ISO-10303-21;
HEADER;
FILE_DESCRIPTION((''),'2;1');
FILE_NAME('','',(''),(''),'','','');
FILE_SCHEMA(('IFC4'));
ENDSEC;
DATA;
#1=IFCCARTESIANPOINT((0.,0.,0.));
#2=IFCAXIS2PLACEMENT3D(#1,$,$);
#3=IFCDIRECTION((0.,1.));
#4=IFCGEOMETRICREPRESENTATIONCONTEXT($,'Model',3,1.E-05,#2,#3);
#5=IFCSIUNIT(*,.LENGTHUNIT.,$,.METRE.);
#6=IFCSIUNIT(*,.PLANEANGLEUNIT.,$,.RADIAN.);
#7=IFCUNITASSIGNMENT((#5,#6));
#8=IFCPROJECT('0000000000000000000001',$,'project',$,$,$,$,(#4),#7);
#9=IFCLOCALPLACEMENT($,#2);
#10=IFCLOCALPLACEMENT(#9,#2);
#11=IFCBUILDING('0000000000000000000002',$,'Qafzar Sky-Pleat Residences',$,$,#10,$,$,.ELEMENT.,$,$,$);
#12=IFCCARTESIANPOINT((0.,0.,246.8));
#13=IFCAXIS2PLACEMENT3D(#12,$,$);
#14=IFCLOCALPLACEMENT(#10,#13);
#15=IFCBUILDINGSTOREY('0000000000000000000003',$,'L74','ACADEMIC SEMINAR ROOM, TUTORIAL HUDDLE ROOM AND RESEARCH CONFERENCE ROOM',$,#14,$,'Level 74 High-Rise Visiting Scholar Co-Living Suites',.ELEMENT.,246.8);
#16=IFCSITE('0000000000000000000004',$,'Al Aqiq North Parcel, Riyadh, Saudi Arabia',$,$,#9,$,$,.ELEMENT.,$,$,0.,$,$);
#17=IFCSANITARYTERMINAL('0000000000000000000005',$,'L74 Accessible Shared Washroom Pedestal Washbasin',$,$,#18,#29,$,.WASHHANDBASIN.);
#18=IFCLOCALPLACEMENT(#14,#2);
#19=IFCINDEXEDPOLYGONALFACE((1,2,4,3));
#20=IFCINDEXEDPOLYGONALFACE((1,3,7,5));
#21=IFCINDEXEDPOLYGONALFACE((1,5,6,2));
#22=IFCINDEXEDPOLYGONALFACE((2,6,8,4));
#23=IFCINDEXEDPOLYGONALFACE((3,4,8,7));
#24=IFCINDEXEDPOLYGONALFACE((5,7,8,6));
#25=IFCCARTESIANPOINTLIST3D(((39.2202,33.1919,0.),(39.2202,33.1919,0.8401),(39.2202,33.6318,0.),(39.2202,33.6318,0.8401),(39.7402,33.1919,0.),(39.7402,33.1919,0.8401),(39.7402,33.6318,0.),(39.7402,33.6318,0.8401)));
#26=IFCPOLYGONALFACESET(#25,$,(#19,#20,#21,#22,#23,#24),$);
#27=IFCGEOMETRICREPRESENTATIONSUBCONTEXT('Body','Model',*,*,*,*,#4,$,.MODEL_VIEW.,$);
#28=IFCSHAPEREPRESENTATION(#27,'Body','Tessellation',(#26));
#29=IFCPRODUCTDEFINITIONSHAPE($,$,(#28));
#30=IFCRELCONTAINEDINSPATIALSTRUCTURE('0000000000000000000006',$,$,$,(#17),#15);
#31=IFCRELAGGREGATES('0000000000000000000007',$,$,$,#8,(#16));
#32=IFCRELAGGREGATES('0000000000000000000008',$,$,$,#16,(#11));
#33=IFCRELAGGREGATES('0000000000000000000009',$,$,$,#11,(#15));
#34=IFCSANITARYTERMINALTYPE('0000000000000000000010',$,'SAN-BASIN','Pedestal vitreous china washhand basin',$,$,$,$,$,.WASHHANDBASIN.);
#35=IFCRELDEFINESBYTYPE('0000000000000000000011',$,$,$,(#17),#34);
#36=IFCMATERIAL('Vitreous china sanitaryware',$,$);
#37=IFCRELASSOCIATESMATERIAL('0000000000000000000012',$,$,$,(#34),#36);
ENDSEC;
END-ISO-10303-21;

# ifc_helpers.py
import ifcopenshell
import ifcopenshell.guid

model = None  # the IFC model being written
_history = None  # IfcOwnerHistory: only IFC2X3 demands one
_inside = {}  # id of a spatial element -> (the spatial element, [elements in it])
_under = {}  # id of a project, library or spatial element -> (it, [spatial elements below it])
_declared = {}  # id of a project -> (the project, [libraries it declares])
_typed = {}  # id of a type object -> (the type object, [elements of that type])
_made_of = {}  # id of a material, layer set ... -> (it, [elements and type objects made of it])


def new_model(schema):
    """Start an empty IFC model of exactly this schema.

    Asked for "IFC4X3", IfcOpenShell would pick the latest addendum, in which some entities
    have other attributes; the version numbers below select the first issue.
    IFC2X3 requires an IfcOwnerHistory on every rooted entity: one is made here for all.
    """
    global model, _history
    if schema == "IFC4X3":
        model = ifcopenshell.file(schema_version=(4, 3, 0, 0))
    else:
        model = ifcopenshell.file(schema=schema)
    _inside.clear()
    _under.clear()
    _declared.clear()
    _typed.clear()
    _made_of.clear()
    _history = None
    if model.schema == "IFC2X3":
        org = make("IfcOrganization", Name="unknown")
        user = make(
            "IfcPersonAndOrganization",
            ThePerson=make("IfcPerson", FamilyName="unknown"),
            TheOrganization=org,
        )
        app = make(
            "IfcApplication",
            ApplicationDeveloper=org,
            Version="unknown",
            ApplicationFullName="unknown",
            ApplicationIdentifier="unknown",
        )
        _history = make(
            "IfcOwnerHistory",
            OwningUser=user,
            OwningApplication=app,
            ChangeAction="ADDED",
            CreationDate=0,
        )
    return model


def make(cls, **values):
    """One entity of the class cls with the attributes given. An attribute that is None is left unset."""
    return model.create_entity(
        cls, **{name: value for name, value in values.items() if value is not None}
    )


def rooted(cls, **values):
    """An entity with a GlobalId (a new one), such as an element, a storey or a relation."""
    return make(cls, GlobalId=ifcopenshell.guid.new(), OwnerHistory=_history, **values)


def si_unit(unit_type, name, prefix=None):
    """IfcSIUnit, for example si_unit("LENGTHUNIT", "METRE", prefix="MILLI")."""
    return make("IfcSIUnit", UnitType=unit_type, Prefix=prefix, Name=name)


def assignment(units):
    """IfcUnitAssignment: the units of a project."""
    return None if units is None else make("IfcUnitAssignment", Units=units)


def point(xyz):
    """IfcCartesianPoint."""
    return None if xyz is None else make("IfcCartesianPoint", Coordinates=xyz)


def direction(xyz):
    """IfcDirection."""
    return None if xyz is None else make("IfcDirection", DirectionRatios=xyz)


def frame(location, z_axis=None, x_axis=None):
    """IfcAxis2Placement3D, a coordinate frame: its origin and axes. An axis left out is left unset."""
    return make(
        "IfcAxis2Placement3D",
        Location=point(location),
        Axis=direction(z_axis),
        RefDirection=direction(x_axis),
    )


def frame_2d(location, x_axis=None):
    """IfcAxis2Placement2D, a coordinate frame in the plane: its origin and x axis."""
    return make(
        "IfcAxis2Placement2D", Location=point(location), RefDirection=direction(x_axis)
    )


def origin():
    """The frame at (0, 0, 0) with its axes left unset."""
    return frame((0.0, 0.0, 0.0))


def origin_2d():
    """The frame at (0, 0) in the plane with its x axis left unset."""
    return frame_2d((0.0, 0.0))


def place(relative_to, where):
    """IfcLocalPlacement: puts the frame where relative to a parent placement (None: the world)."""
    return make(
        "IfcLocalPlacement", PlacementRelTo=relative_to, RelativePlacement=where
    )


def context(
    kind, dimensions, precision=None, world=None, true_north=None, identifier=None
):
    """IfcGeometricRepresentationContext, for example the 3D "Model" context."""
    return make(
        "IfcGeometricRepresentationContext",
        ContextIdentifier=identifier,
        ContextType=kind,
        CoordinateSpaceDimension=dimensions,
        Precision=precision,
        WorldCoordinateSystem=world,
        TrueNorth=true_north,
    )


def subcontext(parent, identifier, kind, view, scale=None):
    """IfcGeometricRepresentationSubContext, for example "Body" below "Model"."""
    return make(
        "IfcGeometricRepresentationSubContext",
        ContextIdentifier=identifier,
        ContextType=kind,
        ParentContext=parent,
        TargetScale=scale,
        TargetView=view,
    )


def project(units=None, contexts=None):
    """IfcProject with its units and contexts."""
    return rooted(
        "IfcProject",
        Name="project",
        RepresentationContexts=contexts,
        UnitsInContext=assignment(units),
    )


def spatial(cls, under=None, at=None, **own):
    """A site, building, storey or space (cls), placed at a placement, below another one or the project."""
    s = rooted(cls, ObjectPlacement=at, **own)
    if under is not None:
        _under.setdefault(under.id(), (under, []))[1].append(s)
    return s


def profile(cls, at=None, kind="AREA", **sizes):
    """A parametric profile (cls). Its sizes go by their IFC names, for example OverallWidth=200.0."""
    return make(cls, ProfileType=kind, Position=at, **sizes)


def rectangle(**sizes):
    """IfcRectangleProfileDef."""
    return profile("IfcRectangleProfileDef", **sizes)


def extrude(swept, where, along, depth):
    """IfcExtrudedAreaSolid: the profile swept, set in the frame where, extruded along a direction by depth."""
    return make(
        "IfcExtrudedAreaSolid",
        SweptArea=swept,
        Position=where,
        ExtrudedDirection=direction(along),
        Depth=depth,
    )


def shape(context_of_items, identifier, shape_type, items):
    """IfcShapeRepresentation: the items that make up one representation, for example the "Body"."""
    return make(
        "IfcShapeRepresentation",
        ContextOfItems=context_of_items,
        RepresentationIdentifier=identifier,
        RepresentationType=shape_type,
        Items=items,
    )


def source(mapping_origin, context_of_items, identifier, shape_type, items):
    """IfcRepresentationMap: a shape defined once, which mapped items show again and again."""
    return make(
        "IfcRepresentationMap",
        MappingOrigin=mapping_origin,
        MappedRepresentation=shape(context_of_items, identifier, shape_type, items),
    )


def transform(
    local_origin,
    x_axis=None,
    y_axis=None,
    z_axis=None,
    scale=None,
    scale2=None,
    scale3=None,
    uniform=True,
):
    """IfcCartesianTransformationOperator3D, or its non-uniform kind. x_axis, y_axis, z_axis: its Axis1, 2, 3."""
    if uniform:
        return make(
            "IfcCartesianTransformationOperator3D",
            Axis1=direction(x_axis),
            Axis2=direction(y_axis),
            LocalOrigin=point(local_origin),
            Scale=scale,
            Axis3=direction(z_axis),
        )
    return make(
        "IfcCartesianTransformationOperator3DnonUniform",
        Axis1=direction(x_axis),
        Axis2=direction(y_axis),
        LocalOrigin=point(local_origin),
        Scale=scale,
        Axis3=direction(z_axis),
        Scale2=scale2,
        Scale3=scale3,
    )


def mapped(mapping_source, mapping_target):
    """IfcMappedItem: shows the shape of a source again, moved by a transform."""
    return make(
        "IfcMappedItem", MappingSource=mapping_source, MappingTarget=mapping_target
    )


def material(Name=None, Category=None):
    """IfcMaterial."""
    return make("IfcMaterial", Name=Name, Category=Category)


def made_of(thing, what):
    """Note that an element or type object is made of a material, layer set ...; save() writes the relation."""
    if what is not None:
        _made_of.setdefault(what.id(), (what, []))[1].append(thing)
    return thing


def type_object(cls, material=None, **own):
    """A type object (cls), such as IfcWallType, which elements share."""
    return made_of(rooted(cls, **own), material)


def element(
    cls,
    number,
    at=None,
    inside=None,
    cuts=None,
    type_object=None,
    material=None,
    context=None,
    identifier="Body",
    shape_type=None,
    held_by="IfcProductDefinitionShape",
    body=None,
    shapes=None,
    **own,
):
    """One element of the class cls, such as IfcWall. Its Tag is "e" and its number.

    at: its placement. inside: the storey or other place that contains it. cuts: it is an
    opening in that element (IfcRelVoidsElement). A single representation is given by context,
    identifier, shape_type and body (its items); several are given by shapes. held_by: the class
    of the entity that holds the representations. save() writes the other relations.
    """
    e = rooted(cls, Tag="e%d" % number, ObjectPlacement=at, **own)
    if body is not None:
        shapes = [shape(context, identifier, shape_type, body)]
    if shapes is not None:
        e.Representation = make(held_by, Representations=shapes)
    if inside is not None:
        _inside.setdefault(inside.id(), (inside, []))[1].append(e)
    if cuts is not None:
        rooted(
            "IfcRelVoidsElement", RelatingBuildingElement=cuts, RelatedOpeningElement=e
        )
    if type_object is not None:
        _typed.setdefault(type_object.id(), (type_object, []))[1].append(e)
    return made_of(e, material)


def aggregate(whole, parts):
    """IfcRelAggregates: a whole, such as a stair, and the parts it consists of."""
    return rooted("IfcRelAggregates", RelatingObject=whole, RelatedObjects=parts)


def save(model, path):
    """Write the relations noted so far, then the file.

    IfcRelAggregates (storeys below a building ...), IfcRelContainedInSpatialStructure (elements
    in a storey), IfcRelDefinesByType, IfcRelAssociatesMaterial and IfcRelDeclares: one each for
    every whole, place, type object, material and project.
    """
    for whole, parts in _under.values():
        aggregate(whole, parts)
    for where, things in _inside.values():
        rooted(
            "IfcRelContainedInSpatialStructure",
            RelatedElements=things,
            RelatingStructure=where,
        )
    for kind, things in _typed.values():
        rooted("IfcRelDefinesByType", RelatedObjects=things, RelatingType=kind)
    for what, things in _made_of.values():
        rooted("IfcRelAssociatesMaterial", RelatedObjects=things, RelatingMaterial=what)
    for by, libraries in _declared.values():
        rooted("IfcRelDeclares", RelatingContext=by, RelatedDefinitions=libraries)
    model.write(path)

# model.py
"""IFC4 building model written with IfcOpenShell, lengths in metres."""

from ifc_helpers import new_model, si_unit, direction, frame, origin, origin_2d, place, context, subcontext, project, spatial, rectangle, extrude, source, transform, mapped, material, type_object, element, save


model = new_model("IFC4")

# Units and contexts
model_context = context("Model", 3, precision=1e-05, world=origin(), true_north=direction((0.0, 1.0)))
body_context = subcontext(model_context, "Body", "Model", "MODEL_VIEW")
ifc_project = project(units=[si_unit("LENGTHUNIT", "METRE"), si_unit("PLANEANGLEUNIT", "RADIAN")], contexts=[model_context])

# Site, building, storey
site_placement = place(None, origin())
site = spatial("IfcSite", under=ifc_project, at=site_placement, Name="Al Aqiq North Parcel, Riyadh, Saudi Arabia", CompositionType="ELEMENT", RefElevation=0.0)
building_placement = place(site_placement, origin())
building = spatial("IfcBuilding", under=site, at=building_placement, Name="Qafzar Sky-Pleat Residences", CompositionType="ELEMENT")
storey_placement = place(building_placement, frame((0.0, 0.0, 246.8)))
storey = spatial("IfcBuildingStorey", under=building, at=storey_placement, Name="L74", Description="ACADEMIC SEMINAR ROOM, TUTORIAL HUDDLE ROOM AND RESEARCH CONFERENCE ROOM", LongName="Level 74 High-Rise Visiting Scholar Co-Living Suites", CompositionType="ELEMENT", Elevation=246.8)

# Sanitary terminal
ifc_material_1 = material(Name="Vitreous china sanitaryware")
sanitary_terminal_type_1 = type_object("IfcSanitaryTerminalType", Name="SAN-BASIN", Description="Pedestal vitreous china washhand basin", PredefinedType="WASHHANDBASIN", material=ifc_material_1)
shared_shape_1 = source(origin(), body_context, "Body", "SweptSolid", [
    extrude(rectangle(XDim=0.52, YDim=0.4399, at=origin_2d()), origin(), (0.0, 0.0, 1.0), 0.8401),
])
sanitary_terminal_1_placement = place(storey_placement, frame((39.4802, 33.4119, 0.0), z_axis=(0.0, 0.0, 1.0), x_axis=(1.0, 0.0, 0.0)))
element("IfcSanitaryTerminal", 1, at=sanitary_terminal_1_placement, inside=storey, type_object=sanitary_terminal_type_1, Name="L74 Accessible Shared Washroom Pedestal Washbasin", PredefinedType="WASHHANDBASIN", context=body_context, shape_type="MappedRepresentation", body=[
    mapped(shared_shape_1, transform((0.0, 0.0, 0.0), x_axis=(1.0, 0.0, 0.0), y_axis=(0.0, 1.0, 0.0), z_axis=(0.0, 0.0, 1.0), scale=1.0)),
])

save(model, "model.ifc")
